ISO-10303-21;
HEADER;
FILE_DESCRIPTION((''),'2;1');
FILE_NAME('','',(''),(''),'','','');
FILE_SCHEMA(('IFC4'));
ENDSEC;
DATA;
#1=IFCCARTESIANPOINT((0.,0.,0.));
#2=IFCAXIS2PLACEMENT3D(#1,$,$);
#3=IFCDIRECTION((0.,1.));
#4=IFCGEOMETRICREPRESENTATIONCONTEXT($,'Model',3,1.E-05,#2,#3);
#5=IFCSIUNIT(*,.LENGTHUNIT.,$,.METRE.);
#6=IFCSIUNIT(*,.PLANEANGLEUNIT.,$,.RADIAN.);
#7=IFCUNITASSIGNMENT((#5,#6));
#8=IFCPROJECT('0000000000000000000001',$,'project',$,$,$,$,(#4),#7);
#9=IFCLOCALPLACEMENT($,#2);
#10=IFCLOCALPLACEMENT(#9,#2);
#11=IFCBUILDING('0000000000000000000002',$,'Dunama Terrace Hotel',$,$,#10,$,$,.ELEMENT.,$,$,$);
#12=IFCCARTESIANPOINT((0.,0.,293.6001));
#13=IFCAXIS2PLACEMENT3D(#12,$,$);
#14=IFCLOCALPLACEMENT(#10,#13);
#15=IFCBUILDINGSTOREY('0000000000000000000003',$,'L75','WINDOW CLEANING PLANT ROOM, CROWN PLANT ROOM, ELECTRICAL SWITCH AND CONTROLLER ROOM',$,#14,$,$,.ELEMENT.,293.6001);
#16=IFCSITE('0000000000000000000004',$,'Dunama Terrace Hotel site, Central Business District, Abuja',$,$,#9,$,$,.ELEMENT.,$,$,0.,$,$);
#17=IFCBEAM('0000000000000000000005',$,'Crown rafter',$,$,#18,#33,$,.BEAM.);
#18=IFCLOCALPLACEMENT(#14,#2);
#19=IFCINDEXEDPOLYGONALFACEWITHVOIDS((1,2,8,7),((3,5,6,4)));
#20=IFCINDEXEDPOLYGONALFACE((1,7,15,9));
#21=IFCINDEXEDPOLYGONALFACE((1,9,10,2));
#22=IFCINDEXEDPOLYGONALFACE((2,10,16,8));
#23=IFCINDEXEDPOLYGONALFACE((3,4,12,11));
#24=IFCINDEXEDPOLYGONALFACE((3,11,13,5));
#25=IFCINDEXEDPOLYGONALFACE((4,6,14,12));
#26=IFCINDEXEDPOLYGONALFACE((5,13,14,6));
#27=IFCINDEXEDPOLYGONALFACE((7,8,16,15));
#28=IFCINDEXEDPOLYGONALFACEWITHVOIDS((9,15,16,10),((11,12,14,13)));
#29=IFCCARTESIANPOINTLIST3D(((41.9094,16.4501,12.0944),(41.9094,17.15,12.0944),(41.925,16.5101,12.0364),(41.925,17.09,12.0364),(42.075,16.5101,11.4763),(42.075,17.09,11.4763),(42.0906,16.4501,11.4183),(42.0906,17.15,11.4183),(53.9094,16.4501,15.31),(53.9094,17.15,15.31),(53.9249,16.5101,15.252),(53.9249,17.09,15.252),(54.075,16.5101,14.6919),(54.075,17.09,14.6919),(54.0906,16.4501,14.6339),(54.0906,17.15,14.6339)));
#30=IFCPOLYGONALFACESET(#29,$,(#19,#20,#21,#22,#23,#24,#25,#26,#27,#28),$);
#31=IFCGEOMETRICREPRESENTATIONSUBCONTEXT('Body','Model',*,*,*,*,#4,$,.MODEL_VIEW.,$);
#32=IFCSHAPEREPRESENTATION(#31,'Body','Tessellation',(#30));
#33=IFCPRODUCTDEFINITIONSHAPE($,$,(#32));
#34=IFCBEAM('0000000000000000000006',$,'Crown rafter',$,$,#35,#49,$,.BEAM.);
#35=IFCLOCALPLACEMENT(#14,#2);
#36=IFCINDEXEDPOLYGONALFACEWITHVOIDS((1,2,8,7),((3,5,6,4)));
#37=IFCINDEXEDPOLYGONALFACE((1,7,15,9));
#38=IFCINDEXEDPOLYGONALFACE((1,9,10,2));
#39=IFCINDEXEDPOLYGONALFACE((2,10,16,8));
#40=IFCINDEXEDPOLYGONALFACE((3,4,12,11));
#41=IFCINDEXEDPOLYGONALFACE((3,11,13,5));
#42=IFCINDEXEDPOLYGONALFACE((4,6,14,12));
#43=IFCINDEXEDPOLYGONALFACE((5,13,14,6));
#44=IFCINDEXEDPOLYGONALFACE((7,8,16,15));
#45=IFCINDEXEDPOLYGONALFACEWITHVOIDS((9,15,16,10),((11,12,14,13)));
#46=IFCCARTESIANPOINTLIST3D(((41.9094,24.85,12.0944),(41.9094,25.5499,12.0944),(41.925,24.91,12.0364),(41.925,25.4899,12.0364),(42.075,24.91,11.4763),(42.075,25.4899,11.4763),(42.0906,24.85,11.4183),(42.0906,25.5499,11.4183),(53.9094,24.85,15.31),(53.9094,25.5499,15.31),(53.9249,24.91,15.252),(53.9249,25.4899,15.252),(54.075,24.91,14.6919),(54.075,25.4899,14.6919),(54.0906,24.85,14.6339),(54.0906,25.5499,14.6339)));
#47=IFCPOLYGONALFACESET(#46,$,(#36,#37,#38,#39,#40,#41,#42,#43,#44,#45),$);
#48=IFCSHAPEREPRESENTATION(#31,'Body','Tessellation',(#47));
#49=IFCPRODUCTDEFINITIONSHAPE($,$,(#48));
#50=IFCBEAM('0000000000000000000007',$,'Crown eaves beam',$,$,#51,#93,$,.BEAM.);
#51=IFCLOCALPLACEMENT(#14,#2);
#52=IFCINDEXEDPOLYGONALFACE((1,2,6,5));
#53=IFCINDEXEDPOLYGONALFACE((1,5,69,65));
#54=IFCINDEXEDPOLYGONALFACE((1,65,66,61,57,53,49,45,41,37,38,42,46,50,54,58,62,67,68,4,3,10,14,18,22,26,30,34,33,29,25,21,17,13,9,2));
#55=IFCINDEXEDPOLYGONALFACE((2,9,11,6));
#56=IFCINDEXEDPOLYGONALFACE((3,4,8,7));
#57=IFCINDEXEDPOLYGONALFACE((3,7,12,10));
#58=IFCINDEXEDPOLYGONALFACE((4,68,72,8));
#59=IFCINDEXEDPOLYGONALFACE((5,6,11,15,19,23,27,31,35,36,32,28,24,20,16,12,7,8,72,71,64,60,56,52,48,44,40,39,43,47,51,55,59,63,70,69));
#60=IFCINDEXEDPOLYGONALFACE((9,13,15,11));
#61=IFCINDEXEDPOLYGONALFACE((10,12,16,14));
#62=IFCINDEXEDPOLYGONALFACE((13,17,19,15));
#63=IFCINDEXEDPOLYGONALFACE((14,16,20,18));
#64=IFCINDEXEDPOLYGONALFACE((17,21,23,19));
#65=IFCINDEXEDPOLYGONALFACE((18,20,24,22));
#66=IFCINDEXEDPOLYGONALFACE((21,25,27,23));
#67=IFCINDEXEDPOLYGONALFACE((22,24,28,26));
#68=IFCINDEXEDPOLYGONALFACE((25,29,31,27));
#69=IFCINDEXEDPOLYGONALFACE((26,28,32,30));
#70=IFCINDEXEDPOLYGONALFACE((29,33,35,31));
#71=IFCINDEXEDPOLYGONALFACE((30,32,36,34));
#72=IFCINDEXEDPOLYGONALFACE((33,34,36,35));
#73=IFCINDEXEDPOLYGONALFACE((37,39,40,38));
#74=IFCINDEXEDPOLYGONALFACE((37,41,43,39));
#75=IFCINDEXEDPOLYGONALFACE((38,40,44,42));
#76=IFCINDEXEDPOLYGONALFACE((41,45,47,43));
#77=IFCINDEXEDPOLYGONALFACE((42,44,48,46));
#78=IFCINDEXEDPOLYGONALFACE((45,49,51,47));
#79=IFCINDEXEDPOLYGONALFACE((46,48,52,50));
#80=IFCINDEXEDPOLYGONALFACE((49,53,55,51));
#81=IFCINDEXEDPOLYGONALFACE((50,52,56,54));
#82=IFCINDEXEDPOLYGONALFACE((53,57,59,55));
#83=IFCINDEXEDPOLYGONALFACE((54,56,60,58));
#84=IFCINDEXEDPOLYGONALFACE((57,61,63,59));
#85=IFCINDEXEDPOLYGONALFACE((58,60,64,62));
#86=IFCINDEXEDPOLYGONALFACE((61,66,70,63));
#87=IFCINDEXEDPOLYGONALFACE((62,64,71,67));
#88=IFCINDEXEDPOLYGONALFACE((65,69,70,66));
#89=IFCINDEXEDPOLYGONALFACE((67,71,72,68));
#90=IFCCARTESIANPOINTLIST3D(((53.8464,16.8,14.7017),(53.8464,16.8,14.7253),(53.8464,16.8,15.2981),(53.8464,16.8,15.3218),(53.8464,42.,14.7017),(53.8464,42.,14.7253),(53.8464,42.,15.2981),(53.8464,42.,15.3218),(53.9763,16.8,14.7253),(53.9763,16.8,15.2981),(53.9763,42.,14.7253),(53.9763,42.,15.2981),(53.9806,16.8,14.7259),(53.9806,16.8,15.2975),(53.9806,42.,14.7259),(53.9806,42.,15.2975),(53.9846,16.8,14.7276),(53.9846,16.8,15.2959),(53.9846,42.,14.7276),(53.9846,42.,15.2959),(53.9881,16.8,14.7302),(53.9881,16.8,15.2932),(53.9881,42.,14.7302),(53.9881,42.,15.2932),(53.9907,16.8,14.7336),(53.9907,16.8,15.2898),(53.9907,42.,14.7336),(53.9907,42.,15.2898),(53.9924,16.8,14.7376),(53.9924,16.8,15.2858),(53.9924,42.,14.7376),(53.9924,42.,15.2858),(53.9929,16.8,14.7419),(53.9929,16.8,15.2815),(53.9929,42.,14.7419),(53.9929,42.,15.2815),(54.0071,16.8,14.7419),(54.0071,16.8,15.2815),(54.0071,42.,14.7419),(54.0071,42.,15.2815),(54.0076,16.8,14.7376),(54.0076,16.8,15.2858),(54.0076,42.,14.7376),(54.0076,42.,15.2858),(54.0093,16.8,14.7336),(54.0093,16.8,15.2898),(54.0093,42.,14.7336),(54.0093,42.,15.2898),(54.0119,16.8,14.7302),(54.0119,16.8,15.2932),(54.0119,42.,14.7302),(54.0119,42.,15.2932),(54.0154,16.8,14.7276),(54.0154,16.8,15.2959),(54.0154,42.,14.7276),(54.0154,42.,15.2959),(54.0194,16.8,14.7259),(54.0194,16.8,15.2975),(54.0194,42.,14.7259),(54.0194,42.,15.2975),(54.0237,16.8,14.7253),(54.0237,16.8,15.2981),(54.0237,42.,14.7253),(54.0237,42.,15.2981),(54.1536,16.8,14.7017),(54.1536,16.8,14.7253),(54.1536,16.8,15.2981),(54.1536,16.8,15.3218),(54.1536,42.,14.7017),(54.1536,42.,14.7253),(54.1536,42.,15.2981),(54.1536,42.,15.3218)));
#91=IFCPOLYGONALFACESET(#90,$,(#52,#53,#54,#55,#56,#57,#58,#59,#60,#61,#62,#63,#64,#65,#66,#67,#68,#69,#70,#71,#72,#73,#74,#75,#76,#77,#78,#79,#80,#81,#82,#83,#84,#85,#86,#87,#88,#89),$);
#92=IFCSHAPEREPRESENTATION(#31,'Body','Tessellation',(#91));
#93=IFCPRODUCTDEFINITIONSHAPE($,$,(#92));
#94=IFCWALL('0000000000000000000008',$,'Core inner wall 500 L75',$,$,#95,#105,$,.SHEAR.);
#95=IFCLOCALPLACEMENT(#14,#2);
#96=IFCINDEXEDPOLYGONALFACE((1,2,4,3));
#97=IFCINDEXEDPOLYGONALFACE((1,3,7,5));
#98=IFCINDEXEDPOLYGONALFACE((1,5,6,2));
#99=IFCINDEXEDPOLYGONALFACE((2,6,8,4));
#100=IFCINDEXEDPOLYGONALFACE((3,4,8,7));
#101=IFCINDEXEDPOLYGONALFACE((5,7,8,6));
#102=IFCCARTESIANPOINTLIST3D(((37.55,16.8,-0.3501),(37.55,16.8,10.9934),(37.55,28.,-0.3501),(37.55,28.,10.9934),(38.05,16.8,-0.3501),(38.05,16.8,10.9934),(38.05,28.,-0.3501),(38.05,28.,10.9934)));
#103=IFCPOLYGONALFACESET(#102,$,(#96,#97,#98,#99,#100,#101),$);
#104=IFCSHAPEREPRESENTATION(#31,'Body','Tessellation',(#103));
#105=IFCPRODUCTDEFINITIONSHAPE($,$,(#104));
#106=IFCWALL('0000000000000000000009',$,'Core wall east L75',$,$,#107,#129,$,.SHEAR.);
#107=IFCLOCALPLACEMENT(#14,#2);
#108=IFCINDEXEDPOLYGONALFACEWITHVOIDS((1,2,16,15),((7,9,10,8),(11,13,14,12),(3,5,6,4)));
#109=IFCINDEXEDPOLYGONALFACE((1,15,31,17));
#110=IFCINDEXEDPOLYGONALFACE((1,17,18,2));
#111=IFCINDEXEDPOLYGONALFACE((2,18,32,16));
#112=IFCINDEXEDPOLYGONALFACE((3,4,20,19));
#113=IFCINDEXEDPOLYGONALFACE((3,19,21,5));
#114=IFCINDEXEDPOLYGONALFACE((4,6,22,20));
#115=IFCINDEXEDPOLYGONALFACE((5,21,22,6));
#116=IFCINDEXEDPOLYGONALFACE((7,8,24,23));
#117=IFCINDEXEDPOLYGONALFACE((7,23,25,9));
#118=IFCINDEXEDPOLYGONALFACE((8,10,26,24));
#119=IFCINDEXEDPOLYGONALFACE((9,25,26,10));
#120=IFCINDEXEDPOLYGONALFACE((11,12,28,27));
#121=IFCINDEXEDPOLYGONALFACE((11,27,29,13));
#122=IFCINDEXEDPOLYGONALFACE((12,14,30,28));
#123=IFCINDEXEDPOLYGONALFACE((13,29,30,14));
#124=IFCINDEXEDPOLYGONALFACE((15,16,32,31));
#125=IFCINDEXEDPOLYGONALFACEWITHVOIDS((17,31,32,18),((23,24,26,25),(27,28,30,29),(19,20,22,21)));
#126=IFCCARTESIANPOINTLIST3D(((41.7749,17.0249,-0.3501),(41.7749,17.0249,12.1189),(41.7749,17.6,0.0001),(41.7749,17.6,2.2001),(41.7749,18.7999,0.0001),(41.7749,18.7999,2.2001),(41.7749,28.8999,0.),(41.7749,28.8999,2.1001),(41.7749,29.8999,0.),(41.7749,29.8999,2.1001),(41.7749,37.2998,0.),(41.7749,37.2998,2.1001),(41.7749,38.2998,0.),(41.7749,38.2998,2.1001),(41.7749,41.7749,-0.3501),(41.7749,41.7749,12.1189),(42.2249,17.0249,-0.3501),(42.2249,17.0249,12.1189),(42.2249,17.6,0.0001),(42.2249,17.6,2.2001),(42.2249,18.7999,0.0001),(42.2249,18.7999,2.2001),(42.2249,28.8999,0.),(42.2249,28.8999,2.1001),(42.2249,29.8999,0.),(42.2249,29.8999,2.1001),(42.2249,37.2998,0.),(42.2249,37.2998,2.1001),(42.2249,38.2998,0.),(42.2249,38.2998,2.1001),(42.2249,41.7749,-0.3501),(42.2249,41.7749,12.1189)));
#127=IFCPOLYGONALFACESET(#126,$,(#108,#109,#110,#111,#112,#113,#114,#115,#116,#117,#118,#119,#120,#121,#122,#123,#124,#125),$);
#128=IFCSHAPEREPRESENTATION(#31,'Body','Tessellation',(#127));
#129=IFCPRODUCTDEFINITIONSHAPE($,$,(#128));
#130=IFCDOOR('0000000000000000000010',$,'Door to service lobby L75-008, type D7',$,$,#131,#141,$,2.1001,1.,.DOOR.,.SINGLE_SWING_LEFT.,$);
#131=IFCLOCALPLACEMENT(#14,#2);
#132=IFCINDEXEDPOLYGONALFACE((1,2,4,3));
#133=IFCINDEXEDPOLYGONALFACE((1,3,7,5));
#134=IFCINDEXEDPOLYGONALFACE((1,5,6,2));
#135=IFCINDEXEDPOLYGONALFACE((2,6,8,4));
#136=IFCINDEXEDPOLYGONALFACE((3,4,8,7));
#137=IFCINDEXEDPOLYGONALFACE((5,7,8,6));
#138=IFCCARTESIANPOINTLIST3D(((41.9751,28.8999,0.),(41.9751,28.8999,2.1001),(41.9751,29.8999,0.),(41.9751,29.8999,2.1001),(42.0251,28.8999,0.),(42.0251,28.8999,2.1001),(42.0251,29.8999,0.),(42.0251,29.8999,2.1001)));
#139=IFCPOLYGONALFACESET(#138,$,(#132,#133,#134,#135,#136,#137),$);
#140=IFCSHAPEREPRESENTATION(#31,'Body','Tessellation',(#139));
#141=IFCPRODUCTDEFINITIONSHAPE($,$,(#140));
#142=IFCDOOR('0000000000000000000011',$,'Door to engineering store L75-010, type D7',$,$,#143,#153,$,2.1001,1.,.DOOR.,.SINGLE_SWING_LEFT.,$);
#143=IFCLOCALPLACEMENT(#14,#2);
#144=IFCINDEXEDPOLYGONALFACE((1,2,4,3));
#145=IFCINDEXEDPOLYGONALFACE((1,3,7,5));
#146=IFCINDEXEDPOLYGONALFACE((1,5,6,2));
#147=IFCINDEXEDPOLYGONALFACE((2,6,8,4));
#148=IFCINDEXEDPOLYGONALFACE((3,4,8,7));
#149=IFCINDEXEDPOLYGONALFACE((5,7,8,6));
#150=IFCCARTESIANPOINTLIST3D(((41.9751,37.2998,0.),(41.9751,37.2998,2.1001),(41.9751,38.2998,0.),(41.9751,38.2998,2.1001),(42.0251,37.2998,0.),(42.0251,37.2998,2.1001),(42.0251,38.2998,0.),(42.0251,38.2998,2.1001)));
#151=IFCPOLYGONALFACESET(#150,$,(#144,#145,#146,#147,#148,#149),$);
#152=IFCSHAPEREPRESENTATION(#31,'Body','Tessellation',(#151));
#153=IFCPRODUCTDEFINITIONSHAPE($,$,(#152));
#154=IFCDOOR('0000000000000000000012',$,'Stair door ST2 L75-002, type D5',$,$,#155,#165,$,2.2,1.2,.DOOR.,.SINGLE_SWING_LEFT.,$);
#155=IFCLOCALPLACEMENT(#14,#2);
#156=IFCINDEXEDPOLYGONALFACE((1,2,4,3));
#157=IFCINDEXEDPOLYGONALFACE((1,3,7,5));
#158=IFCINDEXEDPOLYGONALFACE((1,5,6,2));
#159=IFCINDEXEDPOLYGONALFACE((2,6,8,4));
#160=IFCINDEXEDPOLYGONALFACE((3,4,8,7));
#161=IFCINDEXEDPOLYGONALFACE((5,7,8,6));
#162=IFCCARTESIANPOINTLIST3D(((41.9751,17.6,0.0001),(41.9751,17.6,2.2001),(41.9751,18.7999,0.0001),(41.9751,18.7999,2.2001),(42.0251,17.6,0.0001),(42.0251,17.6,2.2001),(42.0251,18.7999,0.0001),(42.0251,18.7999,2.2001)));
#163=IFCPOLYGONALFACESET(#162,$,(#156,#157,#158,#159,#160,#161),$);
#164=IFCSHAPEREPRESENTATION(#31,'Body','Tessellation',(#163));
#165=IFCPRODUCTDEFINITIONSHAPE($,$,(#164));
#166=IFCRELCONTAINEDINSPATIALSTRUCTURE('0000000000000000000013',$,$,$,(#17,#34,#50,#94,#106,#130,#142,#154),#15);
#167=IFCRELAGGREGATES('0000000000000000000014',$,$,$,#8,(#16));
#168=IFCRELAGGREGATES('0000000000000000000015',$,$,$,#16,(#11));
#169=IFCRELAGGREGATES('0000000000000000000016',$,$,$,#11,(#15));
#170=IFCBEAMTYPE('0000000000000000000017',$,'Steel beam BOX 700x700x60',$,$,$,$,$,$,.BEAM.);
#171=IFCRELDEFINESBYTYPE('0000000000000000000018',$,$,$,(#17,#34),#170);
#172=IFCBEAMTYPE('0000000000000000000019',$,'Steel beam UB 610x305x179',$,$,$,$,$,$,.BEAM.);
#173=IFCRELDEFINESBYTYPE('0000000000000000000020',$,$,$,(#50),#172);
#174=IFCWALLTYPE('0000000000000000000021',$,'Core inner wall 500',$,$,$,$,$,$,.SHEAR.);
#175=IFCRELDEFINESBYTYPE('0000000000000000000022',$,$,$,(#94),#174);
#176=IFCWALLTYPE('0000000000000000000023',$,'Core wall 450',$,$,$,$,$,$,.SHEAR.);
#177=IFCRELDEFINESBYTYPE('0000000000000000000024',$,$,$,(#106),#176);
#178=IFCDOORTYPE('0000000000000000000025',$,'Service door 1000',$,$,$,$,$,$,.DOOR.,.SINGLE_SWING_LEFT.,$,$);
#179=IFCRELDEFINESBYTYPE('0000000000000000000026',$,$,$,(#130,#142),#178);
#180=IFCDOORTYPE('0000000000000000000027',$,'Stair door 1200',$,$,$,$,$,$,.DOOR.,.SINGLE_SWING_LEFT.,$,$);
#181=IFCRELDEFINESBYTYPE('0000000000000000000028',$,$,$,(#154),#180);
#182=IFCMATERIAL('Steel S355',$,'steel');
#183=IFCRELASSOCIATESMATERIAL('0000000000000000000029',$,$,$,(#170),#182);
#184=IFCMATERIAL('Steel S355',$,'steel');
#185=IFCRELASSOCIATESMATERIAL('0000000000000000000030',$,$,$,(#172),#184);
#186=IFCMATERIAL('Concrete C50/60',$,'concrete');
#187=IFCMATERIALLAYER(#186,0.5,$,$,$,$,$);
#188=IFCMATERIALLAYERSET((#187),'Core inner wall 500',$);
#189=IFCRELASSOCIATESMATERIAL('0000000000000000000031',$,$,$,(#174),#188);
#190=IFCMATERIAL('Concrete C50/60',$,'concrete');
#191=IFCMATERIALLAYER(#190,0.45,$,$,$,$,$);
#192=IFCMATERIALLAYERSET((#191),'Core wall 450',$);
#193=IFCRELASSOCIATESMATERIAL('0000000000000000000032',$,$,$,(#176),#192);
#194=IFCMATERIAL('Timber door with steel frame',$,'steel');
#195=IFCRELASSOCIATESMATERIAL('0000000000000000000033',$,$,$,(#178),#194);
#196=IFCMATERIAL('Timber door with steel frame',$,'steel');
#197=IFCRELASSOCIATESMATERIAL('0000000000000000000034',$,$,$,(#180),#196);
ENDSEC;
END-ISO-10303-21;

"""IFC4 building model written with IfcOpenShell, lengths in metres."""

from ifc_helpers import new_model, si_unit, direction, frame, frame_2d, origin, origin_2d, place, context, subcontext, project, spatial, polyline, rectangle, hollow_rectangle, i_section, outline, extrude, material, layer, layer_set, material_profile, profile_set, type_object, element, fill, save


model = new_model("IFC4")

# Units and contexts
model_context = context("Model", 3, precision=1e-05, world=origin(), true_north=direction((0.0, 1.0)))
body_context = subcontext(model_context, "Body", "Model", "MODEL_VIEW")
ifc_project = project(units=[si_unit("LENGTHUNIT", "METRE"), si_unit("PLANEANGLEUNIT", "RADIAN")], contexts=[model_context])

# Site, building, storey
site_placement = place(None, origin())
site = spatial("IfcSite", under=ifc_project, at=site_placement, Name="Dunama Terrace Hotel site, Central Business District, Abuja", CompositionType="ELEMENT", RefElevation=0.0)
building_placement = place(site_placement, origin())
building = spatial("IfcBuilding", under=site, at=building_placement, Name="Dunama Terrace Hotel", CompositionType="ELEMENT")
storey_placement = place(building_placement, frame((0.0, 0.0, 293.6001)))
storey = spatial("IfcBuildingStorey", under=building, at=storey_placement, Name="L75", Description="WINDOW CLEANING PLANT ROOM, CROWN PLANT ROOM, ELECTRICAL SWITCH AND CONTROLLER ROOM", CompositionType="ELEMENT", Elevation=293.6001)

# Beams
ifc_material_1 = material(Name="Steel S355", Category="steel")
ifc_material_profile_1 = material_profile(ifc_material_1, hollow_rectangle(XDim=0.7, YDim=0.7, WallThickness=0.0601, at=origin_2d()), Name="BOX 700x700x60")
ifc_profile_set_1 = profile_set([ifc_material_profile_1], Name="Steel S355")
beam_type_1 = type_object("IfcBeamType", Name="Steel beam BOX 700x700x60", PredefinedType="BEAM", material=ifc_profile_set_1)
for number, where, z_axis, x_axis, name in (
    (1, (42.0, 16.8, 11.7563), (0.965922, 0.0, 0.258833), (0.0, 1.0, 0.0), "Crown rafter"),
    (2, (42.0, 25.2, 11.7563), (0.965922, 0.0, 0.258833), (0.0, 1.0, 0.0), "Crown rafter"),
):
    element("IfcBeam", number, at=place(storey_placement, frame(where, z_axis=z_axis, x_axis=x_axis)), inside=storey, type_object=beam_type_1, Name=name, PredefinedType="BEAM", context=body_context, shape_type="SweptSolid", body=[
        extrude(hollow_rectangle(XDim=0.7, YDim=0.7, WallThickness=0.0601, at=origin_2d()), origin(), (0.0, 0.0, 1.0), 12.4233),
    ])
ifc_material_2 = material(Name="Steel S355", Category="steel")
ifc_material_profile_2 = material_profile(ifc_material_2, i_section(OverallWidth=0.3071, OverallDepth=0.6201, WebThickness=0.0142, FlangeThickness=0.0237, FilletRadius=0.0166, at=origin_2d()), Name="UB 610x305x179")
ifc_profile_set_2 = profile_set([ifc_material_profile_2], Name="Steel S355")
beam_type_2 = type_object("IfcBeamType", Name="Steel beam UB 610x305x179", PredefinedType="BEAM", material=ifc_profile_set_2)
beam_placement = place(storey_placement, frame((54.0, 16.8, 15.0117), z_axis=(0.0, 1.0, 0.0), x_axis=(-1.0, 0.0, 0.0)))
element("IfcBeam", 3, at=beam_placement, inside=storey, type_object=beam_type_2, Name="Crown eaves beam", PredefinedType="BEAM", context=body_context, shape_type="SweptSolid", body=[
    extrude(i_section(OverallWidth=0.3071, OverallDepth=0.6201, WebThickness=0.0142, FlangeThickness=0.0237, FilletRadius=0.0166, at=origin_2d()), origin(), (0.0, 0.0, 1.0), 25.2),
])

# Wall
ifc_material_3 = material(Name="Concrete C50/60", Category="concrete")
ifc_layer_1 = layer(ifc_material_3, 0.5)
ifc_layer_set_1 = layer_set([ifc_layer_1], Name="Core inner wall 500")
wall_type_1 = type_object("IfcWallType", Name="Core inner wall 500", PredefinedType="SHEAR", material=ifc_layer_set_1)
wall_1_placement = place(storey_placement, frame((37.8, 16.8, -0.3501), z_axis=(0.0, 0.0, 1.0), x_axis=(0.0, 1.0, 0.0)))
element("IfcWall", 4, at=wall_1_placement, inside=storey, type_object=wall_type_1, Name="Core inner wall 500 L75", PredefinedType="SHEAR", context=body_context, shape_type="SweptSolid", body=[
    extrude(outline(polyline([(0.0, 0.0), (11.2, 0.0), (11.2, 11.3435), (0.0, 11.3435), (0.0, 0.0)])), frame((0.0, 0.25, 0.0), z_axis=(0.0, -1.0, 0.0), x_axis=(1.0, 0.0, 0.0)), (0.0, 0.0, 1.0), 0.5),
])

# Wall, openings, doors
ifc_material_4 = material(Name="Concrete C50/60", Category="concrete")
ifc_layer_2 = layer(ifc_material_4, 0.45)
ifc_layer_set_2 = layer_set([ifc_layer_2], Name="Core wall 450")
wall_type_2 = type_object("IfcWallType", Name="Core wall 450", PredefinedType="SHEAR", material=ifc_layer_set_2)
wall_2_placement = place(storey_placement, frame((42.0, 17.0249, -0.3501), z_axis=(0.0, 0.0, 1.0), x_axis=(0.0, 1.0, 0.0)))
wall_2 = element("IfcWall", 5, at=wall_2_placement, inside=storey, type_object=wall_type_2, Name="Core wall east L75", PredefinedType="SHEAR", context=body_context, shape_type="SweptSolid", body=[
    extrude(outline(polyline([(0.0, 0.0), (24.75, 0.0), (24.75, 12.469), (0.0, 12.469), (0.0, 0.0)])), frame((0.0, 0.2251, 0.0), z_axis=(0.0, -1.0, 0.0), x_axis=(1.0, 0.0, 0.0)), (0.0, 0.0, 1.0), 0.45),
])
opening_1_placement = place(wall_2_placement, frame((0.575, 0.0, 0.3501)))
opening_1 = element("IfcOpeningElement", 6, at=opening_1_placement, cuts=wall_2, PredefinedType="OPENING", context=body_context, shape_type="SweptSolid", body=[
    extrude(rectangle(XDim=1.2, YDim=2.2, at=frame_2d((0.6001, 1.1001))), frame((0.0, 0.2349, 0.0), z_axis=(0.0, -1.0, 0.0), x_axis=(1.0, 0.0, 0.0)), (0.0, 0.0, 1.0), 0.47),
])
opening_2_placement = place(wall_2_placement, frame((11.875, 0.0, 0.3501)))
opening_2 = element("IfcOpeningElement", 7, at=opening_2_placement, cuts=wall_2, PredefinedType="OPENING", context=body_context, shape_type="SweptSolid", body=[
    extrude(rectangle(XDim=1.0, YDim=2.1001, at=frame_2d((0.5, 1.05))), frame((0.0, 0.2349, 0.0), z_axis=(0.0, -1.0, 0.0), x_axis=(1.0, 0.0, 0.0)), (0.0, 0.0, 1.0), 0.47),
])
opening_3_placement = place(wall_2_placement, frame((20.2749, 0.0, 0.3501)))
opening_3 = element("IfcOpeningElement", 8, at=opening_3_placement, cuts=wall_2, PredefinedType="OPENING", context=body_context, shape_type="SweptSolid", body=[
    extrude(rectangle(XDim=1.0, YDim=2.1001, at=frame_2d((0.5, 1.05))), frame((0.0, 0.2349, 0.0), z_axis=(0.0, -1.0, 0.0), x_axis=(1.0, 0.0, 0.0)), (0.0, 0.0, 1.0), 0.47),
])
ifc_material_5 = material(Name="Timber door with steel frame", Category="steel")
door_type_1 = type_object("IfcDoorType", Name="Service door 1000", OperationType="SINGLE_SWING_LEFT", PredefinedType="DOOR", material=ifc_material_5)
door_1_placement = place(opening_2_placement, origin())
door_1 = element("IfcDoor", 9, at=door_1_placement, inside=storey, type_object=door_type_1, Name="Door to service lobby L75-008, type D7", OperationType="SINGLE_SWING_LEFT", OverallHeight=2.1001, OverallWidth=1.0, PredefinedType="DOOR", context=body_context, shape_type="SweptSolid", body=[
    extrude(rectangle(XDim=1.0, YDim=2.1001, at=frame_2d((0.5, 1.05))), frame((0.0, 0.0249, 0.0), z_axis=(0.0, -1.0, 0.0), x_axis=(1.0, 0.0, 0.0)), (0.0, 0.0, 1.0), 0.05),
])
fill(opening_2, door_1)
door_2_placement = place(opening_3_placement, origin())
door_2 = element("IfcDoor", 10, at=door_2_placement, inside=storey, type_object=door_type_1, Name="Door to engineering store L75-010, type D7", OperationType="SINGLE_SWING_LEFT", OverallHeight=2.1001, OverallWidth=1.0, PredefinedType="DOOR", context=body_context, shape_type="SweptSolid", body=[
    extrude(rectangle(XDim=1.0, YDim=2.1001, at=frame_2d((0.5, 1.05))), frame((0.0, 0.0249, 0.0), z_axis=(0.0, -1.0, 0.0), x_axis=(1.0, 0.0, 0.0)), (0.0, 0.0, 1.0), 0.05),
])
fill(opening_3, door_2)
ifc_material_6 = material(Name="Timber door with steel frame", Category="steel")
door_type_2 = type_object("IfcDoorType", Name="Stair door 1200", OperationType="SINGLE_SWING_LEFT", PredefinedType="DOOR", material=ifc_material_6)
door_3_placement = place(opening_1_placement, origin())
door_3 = element("IfcDoor", 11, at=door_3_placement, inside=storey, type_object=door_type_2, Name="Stair door ST2 L75-002, type D5", OperationType="SINGLE_SWING_LEFT", OverallHeight=2.2, OverallWidth=1.2, PredefinedType="DOOR", context=body_context, shape_type="SweptSolid", body=[
    extrude(rectangle(XDim=1.2, YDim=2.2, at=frame_2d((0.6001, 1.1001))), frame((0.0, 0.0249, 0.0), z_axis=(0.0, -1.0, 0.0), x_axis=(1.0, 0.0, 0.0)), (0.0, 0.0, 1.0), 0.05),
])
fill(opening_1, door_3)

save(model, "model.ifc")
